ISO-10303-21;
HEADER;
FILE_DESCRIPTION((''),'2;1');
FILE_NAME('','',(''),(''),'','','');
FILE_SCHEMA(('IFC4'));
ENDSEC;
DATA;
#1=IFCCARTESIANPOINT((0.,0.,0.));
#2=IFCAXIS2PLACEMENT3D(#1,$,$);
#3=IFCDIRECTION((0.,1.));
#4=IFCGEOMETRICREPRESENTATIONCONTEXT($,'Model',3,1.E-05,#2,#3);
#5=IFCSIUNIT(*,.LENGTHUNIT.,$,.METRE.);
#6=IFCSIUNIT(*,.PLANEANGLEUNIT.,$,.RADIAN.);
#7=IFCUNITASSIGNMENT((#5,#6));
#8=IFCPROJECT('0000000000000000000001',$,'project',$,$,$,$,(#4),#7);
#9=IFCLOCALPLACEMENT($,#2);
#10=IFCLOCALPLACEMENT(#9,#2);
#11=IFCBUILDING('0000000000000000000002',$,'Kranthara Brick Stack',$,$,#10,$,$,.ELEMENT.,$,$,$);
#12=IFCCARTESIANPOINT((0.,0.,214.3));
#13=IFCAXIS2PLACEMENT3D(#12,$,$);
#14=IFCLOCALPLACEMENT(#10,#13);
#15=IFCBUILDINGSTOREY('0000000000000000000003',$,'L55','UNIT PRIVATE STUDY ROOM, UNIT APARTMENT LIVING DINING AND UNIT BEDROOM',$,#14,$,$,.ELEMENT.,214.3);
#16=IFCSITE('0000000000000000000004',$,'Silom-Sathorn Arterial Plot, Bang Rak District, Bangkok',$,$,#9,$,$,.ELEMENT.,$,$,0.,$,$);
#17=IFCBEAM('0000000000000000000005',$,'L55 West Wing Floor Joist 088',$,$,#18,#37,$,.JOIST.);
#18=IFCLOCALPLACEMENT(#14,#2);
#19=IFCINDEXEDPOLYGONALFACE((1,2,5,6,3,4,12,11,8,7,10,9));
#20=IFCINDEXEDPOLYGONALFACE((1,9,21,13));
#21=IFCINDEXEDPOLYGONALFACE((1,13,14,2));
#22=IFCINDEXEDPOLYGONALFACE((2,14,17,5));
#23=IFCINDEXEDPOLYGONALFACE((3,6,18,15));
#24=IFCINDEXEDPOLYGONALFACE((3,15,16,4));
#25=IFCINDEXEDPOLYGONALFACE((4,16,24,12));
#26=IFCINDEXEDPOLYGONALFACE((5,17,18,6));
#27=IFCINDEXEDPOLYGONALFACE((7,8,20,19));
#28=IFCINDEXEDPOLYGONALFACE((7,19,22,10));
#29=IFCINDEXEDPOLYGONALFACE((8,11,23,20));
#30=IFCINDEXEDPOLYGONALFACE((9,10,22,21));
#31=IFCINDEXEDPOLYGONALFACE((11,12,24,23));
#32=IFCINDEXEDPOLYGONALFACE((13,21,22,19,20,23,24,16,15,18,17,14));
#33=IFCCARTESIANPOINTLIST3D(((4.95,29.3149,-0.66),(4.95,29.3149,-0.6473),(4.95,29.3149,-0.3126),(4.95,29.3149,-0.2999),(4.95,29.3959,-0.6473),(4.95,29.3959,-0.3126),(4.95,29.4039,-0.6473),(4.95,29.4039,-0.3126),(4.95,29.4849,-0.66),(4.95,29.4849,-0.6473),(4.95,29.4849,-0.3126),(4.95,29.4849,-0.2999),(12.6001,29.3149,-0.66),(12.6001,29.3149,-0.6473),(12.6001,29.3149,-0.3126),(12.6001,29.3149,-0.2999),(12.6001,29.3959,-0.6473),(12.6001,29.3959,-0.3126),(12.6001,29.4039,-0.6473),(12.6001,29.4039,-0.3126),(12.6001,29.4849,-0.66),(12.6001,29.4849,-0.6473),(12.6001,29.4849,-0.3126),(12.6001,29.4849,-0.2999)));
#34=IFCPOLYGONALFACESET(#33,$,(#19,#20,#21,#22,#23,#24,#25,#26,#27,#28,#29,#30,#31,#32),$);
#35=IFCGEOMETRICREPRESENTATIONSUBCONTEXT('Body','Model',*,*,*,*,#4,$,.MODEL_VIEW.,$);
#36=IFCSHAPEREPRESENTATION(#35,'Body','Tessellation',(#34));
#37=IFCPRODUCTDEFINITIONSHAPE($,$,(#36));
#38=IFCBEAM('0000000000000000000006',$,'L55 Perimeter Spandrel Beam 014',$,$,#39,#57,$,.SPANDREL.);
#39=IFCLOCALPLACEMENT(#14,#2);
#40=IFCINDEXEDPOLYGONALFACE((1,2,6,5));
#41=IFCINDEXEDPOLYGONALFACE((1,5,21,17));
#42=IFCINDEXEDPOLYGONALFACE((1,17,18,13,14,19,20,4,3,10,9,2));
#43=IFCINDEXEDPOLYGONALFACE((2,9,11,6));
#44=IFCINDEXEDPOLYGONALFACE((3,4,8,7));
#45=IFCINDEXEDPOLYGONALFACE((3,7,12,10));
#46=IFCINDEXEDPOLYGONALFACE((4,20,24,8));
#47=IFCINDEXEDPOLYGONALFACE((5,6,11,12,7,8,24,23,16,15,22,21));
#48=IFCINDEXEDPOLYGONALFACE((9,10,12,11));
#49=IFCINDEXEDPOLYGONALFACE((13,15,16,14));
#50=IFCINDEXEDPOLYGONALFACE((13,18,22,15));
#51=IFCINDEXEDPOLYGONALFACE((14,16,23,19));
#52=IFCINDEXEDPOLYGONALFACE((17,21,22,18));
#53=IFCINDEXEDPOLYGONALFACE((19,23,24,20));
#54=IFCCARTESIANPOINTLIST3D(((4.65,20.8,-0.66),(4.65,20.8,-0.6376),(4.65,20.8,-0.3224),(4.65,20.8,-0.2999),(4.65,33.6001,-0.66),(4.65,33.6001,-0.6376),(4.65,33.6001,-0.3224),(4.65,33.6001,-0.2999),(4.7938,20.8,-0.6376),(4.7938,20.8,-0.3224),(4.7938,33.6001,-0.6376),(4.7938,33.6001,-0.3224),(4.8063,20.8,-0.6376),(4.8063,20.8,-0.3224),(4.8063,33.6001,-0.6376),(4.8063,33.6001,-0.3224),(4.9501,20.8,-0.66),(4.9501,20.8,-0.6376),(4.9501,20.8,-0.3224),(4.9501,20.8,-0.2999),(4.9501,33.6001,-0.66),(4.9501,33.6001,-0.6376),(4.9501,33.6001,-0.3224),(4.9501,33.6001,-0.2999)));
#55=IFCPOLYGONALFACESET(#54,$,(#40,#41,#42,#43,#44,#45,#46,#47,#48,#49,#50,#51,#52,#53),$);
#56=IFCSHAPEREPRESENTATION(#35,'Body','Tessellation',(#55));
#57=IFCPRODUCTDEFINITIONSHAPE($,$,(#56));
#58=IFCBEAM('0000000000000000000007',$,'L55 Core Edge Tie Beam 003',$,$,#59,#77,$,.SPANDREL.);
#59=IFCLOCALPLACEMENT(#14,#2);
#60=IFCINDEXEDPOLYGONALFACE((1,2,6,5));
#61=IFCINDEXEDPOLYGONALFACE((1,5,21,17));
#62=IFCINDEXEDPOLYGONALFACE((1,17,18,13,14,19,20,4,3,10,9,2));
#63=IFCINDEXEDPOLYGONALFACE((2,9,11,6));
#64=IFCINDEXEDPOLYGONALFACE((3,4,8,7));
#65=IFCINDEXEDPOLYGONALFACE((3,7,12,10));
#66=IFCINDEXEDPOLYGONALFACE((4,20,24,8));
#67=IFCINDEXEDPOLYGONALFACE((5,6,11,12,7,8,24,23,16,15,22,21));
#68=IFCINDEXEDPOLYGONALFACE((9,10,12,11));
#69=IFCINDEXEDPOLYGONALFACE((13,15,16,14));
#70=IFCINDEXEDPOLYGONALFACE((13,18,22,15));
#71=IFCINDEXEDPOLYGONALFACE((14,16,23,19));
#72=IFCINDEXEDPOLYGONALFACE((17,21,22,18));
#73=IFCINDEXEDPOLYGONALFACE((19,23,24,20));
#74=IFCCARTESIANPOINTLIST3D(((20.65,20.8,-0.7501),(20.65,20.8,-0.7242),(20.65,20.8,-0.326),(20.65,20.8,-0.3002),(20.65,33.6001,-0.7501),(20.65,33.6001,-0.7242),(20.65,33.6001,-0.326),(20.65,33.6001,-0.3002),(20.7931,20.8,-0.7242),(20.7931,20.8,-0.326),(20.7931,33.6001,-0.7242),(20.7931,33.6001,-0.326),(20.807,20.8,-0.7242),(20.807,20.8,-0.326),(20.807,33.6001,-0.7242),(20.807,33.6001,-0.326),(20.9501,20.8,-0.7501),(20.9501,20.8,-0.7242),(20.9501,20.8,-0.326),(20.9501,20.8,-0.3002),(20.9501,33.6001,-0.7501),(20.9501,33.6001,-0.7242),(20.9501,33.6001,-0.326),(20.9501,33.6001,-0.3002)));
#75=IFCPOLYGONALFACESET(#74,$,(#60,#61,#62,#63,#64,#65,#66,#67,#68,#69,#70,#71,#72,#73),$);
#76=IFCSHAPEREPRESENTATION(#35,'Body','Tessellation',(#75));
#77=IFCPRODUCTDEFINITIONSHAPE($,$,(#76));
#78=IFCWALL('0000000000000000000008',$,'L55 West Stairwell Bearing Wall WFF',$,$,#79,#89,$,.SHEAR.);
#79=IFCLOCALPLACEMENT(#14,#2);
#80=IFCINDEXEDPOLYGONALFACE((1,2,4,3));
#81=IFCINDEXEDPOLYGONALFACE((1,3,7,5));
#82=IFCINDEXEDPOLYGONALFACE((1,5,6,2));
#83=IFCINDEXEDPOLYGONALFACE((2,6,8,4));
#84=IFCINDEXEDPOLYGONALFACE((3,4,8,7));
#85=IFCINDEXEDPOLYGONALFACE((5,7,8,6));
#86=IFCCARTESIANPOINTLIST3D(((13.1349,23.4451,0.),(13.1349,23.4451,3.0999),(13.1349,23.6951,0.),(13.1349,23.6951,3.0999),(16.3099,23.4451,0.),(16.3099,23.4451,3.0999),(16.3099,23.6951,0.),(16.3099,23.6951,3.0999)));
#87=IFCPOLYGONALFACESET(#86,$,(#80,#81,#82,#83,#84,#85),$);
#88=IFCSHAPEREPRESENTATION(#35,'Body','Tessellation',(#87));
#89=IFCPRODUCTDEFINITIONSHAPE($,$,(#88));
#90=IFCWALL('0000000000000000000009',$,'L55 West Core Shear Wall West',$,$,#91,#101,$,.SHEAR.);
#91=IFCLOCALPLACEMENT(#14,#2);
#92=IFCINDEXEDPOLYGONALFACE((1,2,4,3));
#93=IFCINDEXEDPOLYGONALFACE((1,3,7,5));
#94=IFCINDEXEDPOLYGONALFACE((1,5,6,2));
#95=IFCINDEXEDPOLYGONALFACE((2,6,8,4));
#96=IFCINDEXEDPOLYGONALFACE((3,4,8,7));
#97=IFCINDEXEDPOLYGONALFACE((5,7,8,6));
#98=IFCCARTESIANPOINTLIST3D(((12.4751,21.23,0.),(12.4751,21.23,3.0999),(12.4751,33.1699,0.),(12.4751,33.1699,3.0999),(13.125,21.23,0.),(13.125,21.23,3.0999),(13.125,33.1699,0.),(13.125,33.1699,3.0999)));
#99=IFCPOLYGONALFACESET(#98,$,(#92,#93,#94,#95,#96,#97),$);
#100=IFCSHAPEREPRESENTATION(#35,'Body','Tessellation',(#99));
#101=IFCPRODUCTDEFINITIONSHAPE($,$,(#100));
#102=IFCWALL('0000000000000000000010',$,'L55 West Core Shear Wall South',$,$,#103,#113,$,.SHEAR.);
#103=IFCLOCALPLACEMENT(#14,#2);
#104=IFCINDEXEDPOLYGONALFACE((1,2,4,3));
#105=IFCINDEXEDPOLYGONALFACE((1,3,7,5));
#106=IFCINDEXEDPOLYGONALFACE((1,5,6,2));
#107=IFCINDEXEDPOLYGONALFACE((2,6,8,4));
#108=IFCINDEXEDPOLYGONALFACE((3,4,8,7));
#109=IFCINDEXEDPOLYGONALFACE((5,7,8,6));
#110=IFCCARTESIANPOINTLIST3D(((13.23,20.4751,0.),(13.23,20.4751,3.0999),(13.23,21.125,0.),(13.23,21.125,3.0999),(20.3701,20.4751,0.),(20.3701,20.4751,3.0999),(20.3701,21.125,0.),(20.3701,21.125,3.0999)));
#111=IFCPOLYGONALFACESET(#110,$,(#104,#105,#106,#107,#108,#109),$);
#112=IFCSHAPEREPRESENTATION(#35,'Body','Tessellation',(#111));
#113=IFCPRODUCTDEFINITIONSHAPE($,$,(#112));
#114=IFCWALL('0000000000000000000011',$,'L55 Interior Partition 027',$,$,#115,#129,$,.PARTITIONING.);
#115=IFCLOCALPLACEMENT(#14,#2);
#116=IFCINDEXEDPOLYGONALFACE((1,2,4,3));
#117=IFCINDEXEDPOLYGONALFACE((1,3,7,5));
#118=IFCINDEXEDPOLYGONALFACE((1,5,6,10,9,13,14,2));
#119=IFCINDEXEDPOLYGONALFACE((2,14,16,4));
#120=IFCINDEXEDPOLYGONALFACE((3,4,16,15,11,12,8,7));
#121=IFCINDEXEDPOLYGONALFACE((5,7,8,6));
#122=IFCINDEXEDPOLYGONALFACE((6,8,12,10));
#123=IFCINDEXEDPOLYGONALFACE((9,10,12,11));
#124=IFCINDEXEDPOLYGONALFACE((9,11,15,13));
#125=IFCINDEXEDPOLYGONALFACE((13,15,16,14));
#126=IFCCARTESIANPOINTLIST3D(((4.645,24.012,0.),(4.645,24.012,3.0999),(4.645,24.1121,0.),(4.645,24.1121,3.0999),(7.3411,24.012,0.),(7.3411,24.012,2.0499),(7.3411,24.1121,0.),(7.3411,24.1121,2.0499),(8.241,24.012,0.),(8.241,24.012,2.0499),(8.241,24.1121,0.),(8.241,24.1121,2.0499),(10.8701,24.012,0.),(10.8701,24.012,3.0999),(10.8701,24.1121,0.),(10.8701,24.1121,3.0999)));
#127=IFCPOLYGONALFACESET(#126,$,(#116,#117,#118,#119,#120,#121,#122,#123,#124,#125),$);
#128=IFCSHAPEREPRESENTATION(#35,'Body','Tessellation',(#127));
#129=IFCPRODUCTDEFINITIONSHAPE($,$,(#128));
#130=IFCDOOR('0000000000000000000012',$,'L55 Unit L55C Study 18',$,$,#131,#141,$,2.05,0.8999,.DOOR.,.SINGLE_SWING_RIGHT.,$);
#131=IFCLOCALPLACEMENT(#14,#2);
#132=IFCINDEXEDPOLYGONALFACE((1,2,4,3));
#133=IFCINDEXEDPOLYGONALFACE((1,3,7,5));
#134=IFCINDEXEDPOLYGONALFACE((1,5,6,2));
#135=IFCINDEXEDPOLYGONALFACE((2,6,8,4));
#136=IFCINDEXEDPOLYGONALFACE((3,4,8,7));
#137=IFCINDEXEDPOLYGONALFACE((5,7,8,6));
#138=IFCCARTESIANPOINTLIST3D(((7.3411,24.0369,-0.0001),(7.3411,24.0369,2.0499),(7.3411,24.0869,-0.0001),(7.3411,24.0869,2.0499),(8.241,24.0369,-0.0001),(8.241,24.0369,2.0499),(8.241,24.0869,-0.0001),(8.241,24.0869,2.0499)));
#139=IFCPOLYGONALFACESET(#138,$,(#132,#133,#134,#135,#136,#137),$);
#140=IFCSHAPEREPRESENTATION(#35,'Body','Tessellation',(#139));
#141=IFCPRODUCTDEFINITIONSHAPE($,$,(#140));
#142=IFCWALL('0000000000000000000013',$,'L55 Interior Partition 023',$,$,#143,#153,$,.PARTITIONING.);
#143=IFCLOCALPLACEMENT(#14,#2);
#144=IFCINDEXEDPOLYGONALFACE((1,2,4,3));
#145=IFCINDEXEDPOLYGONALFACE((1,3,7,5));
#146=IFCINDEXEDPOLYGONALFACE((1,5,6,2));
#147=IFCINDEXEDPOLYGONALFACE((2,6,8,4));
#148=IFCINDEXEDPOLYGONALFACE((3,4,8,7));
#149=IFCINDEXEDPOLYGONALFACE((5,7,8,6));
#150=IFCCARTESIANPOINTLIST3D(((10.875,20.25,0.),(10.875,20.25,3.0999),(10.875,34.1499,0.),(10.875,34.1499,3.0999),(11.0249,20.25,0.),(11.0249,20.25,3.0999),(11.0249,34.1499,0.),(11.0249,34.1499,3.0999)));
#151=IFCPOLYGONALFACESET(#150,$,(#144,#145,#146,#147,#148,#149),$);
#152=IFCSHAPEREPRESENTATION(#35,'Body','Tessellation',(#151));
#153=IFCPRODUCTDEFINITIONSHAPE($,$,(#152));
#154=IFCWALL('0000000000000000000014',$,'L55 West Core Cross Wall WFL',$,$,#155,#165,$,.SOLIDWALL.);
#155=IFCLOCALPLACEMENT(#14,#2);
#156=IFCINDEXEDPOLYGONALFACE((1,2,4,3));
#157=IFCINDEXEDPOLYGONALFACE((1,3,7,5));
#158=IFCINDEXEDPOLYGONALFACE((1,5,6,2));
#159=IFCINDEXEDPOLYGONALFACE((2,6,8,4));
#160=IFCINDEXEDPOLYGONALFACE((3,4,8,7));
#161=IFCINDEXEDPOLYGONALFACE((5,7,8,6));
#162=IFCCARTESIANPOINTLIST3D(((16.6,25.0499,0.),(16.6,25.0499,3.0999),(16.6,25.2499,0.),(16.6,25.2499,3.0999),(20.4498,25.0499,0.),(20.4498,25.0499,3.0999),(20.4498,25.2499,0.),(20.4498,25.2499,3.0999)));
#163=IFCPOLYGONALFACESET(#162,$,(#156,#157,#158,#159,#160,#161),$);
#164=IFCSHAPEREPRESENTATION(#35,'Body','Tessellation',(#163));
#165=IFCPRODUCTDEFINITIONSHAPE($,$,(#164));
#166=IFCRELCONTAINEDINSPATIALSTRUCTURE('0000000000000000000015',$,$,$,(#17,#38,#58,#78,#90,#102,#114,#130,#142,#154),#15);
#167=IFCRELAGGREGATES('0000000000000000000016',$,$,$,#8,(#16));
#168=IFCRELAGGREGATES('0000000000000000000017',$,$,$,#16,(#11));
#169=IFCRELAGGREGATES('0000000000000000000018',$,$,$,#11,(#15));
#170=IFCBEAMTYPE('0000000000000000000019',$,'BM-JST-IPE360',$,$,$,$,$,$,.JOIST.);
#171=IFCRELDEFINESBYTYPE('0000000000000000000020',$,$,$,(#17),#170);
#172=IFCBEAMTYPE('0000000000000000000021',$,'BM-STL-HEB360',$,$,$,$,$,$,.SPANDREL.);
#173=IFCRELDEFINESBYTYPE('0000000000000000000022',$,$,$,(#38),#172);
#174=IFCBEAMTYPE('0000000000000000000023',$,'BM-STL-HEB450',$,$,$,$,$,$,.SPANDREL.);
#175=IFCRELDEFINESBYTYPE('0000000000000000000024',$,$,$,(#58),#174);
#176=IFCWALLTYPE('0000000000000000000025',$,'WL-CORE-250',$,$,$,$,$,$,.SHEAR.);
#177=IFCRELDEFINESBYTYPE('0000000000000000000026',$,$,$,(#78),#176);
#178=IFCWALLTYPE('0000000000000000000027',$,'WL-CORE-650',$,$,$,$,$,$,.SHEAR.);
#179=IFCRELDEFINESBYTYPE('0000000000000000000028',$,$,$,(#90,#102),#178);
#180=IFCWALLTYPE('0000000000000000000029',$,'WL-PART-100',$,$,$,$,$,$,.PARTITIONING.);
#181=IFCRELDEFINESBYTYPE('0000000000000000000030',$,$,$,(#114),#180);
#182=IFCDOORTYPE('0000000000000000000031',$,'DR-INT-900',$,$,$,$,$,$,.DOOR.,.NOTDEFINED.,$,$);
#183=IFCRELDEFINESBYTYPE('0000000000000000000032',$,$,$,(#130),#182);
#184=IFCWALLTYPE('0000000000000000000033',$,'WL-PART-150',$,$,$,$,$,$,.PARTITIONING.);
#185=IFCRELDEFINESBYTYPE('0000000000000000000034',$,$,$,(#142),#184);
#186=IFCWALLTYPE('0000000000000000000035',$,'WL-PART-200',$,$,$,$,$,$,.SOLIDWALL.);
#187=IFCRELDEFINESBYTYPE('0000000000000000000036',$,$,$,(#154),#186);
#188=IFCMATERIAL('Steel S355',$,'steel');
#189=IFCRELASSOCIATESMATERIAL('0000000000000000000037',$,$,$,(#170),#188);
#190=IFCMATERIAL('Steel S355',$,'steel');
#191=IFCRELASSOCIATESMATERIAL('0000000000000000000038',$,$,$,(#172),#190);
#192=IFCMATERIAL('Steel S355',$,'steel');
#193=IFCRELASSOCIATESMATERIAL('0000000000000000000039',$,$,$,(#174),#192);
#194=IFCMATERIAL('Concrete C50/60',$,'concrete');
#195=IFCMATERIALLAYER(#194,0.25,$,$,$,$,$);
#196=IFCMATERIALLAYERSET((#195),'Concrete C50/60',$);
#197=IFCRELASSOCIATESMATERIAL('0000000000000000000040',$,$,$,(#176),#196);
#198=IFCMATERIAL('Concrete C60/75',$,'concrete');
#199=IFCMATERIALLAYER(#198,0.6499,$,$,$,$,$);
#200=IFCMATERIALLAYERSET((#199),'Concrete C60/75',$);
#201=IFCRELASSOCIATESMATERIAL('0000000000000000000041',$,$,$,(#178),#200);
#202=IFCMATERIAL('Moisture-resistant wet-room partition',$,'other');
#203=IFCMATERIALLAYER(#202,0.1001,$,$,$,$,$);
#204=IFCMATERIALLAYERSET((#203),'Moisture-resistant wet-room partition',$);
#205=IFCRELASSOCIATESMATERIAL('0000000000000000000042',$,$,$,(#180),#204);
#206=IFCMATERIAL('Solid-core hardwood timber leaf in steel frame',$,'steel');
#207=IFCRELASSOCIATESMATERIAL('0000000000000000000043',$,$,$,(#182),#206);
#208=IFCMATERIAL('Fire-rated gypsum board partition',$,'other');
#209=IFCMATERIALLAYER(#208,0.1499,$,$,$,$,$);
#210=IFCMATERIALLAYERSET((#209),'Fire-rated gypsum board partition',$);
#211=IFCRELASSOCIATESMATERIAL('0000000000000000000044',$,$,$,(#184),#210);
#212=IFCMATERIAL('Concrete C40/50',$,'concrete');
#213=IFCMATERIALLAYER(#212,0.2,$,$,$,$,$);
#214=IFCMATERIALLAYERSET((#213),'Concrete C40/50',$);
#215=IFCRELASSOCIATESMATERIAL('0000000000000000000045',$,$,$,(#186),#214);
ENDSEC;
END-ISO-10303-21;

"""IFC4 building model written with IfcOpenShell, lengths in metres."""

from ifc_helpers import new_model, si_unit, direction, frame, frame_2d, origin, origin_2d, place, context, subcontext, project, spatial, rectangle, i_section, extrude, material, layer, layer_set, material_profile, profile_set, type_object, element, fill, save


model = new_model("IFC4")

# Units and contexts
model_context = context("Model", 3, precision=1e-05, world=origin(), true_north=direction((0.0, 1.0)))
body_context = subcontext(model_context, "Body", "Model", "MODEL_VIEW")
ifc_project = project(units=[si_unit("LENGTHUNIT", "METRE"), si_unit("PLANEANGLEUNIT", "RADIAN")], contexts=[model_context])

# Site, building, storey
site_placement = place(None, origin())
site = spatial("IfcSite", under=ifc_project, at=site_placement, Name="Silom-Sathorn Arterial Plot, Bang Rak District, Bangkok", CompositionType="ELEMENT", RefElevation=0.0)
building_placement = place(site_placement, origin())
building = spatial("IfcBuilding", under=site, at=building_placement, Name="Kranthara Brick Stack", CompositionType="ELEMENT")
storey_placement = place(building_placement, frame((0.0, 0.0, 214.3)))
storey = spatial("IfcBuildingStorey", under=building, at=storey_placement, Name="L55", Description="UNIT PRIVATE STUDY ROOM, UNIT APARTMENT LIVING DINING AND UNIT BEDROOM", CompositionType="ELEMENT", Elevation=214.3)

# Beams
ifc_material_1 = material(Name="Steel S355", Category="steel")
ifc_material_profile_1 = material_profile(ifc_material_1, i_section(OverallWidth=0.1699, OverallDepth=0.3601, WebThickness=0.0081, FlangeThickness=0.0127, at=origin_2d()), Name="IPE 360")
ifc_profile_set_1 = profile_set([ifc_material_profile_1], Name="Steel S355")
beam_type_1 = type_object("IfcBeamType", Name="BM-JST-IPE360", PredefinedType="JOIST", material=ifc_profile_set_1)
for number, where, z_axis, x_axis, name in (
    (1, (4.95, 29.3999, -0.48), (1.0, 0.0, 0.0), (0.0, 1.0, 0.0), "L55 West Wing Floor Joist 088"),
):
    element("IfcBeam", number, at=place(storey_placement, frame(where, z_axis=z_axis, x_axis=x_axis)), inside=storey, type_object=beam_type_1, Name=name, PredefinedType="JOIST", context=body_context, shape_type="SweptSolid", body=[
        extrude(i_section(OverallWidth=0.1699, OverallDepth=0.3601, WebThickness=0.0081, FlangeThickness=0.0127, at=origin_2d()), origin(), (0.0, 0.0, 1.0), 7.6501),
    ])
ifc_material_2 = material(Name="Steel S355", Category="steel")
ifc_material_profile_2 = material_profile(ifc_material_2, i_section(OverallWidth=0.3, OverallDepth=0.3601, WebThickness=0.0125, FlangeThickness=0.0225, at=origin_2d()), Name="HEB 360")
ifc_profile_set_2 = profile_set([ifc_material_profile_2], Name="Steel S355")
beam_type_2 = type_object("IfcBeamType", Name="BM-STL-HEB360", PredefinedType="SPANDREL", material=ifc_profile_set_2)
beam_1_placement = place(storey_placement, frame((4.8, 20.8, -0.48), z_axis=(0.0, 1.0, 0.0), x_axis=(-1.0, 0.0, 0.0)))
element("IfcBeam", 2, at=beam_1_placement, inside=storey, type_object=beam_type_2, Name="L55 Perimeter Spandrel Beam 014", PredefinedType="SPANDREL", context=body_context, shape_type="SweptSolid", body=[
    extrude(i_section(OverallWidth=0.3, OverallDepth=0.3601, WebThickness=0.0125, FlangeThickness=0.0225, at=origin_2d()), origin(), (0.0, 0.0, 1.0), 12.8),
])
ifc_material_3 = material(Name="Steel S355", Category="steel")
ifc_material_profile_3 = material_profile(ifc_material_3, i_section(OverallWidth=0.3, OverallDepth=0.45, WebThickness=0.0139, FlangeThickness=0.0259, at=origin_2d()), Name="HEB 450")
ifc_profile_set_3 = profile_set([ifc_material_profile_3], Name="Steel S355")
beam_type_3 = type_object("IfcBeamType", Name="BM-STL-HEB450", PredefinedType="SPANDREL", material=ifc_profile_set_3)
beam_2_placement = place(storey_placement, frame((20.8, 20.8, -0.5251), z_axis=(0.0, 1.0, 0.0), x_axis=(-1.0, 0.0, 0.0)))
element("IfcBeam", 3, at=beam_2_placement, inside=storey, type_object=beam_type_3, Name="L55 Core Edge Tie Beam 003", PredefinedType="SPANDREL", context=body_context, shape_type="SweptSolid", body=[
    extrude(i_section(OverallWidth=0.3, OverallDepth=0.45, WebThickness=0.0139, FlangeThickness=0.0259, at=origin_2d()), origin(), (0.0, 0.0, 1.0), 12.8),
])

# Shared definitions
ifc_material_4 = material(Name="Concrete C50/60", Category="concrete")
ifc_layer_1 = layer(ifc_material_4, 0.25)
ifc_layer_set_1 = layer_set([ifc_layer_1], Name="Concrete C50/60")
wall_type_1 = type_object("IfcWallType", Name="WL-CORE-250", PredefinedType="SHEAR", material=ifc_layer_set_1)

# Walls
wall_1_placement = place(storey_placement, frame((13.135, 23.5701, 0.0), z_axis=(0.0, 0.0, 1.0), x_axis=(1.0, 0.0, 0.0)))
element("IfcWall", 4, at=wall_1_placement, inside=storey, type_object=wall_type_1, Name="L55 West Stairwell Bearing Wall WFF", PredefinedType="SHEAR", context=body_context, shape_type="SweptSolid", body=[
    extrude(rectangle(XDim=3.175, YDim=0.25, at=frame_2d((1.5874, 0.0))), origin(), (0.0, 0.0, 1.0), 3.0999),
])
ifc_material_5 = material(Name="Concrete C60/75", Category="concrete")
ifc_layer_2 = layer(ifc_material_5, 0.6499)
ifc_layer_set_2 = layer_set([ifc_layer_2], Name="Concrete C60/75")
wall_type_2 = type_object("IfcWallType", Name="WL-CORE-650", PredefinedType="SHEAR", material=ifc_layer_set_2)
wall_2_placement = place(storey_placement, frame((12.8, 21.23, 0.0), z_axis=(0.0, 0.0, 1.0), x_axis=(0.0, 1.0, 0.0)))
element("IfcWall", 5, at=wall_2_placement, inside=storey, type_object=wall_type_2, Name="L55 West Core Shear Wall West", PredefinedType="SHEAR", context=body_context, shape_type="SweptSolid", body=[
    extrude(rectangle(XDim=11.9399, YDim=0.6499, at=frame_2d((5.97, 0.0))), origin(), (0.0, 0.0, 1.0), 3.0999),
])
wall_3_placement = place(storey_placement, frame((13.23, 20.8, 0.0), z_axis=(0.0, 0.0, 1.0), x_axis=(1.0, 0.0, 0.0)))
element("IfcWall", 6, at=wall_3_placement, inside=storey, type_object=wall_type_2, Name="L55 West Core Shear Wall South", PredefinedType="SHEAR", context=body_context, shape_type="SweptSolid", body=[
    extrude(rectangle(XDim=7.1401, YDim=0.6499, at=frame_2d((3.5701, 0.0))), origin(), (0.0, 0.0, 1.0), 3.0999),
])

# Wall, opening, door
ifc_material_6 = material(Name="Moisture-resistant wet-room partition", Category="other")
ifc_layer_3 = layer(ifc_material_6, 0.1001)
ifc_layer_set_3 = layer_set([ifc_layer_3], Name="Moisture-resistant wet-room partition")
wall_type_3 = type_object("IfcWallType", Name="WL-PART-100", PredefinedType="PARTITIONING", material=ifc_layer_set_3)
wall_4_placement = place(storey_placement, frame((4.645, 24.062, 0.0), z_axis=(0.0, 0.0, 1.0), x_axis=(1.0, 0.0, 0.0)))
wall_4 = element("IfcWall", 7, at=wall_4_placement, inside=storey, type_object=wall_type_3, Name="L55 Interior Partition 027", PredefinedType="PARTITIONING", context=body_context, shape_type="SweptSolid", body=[
    extrude(rectangle(XDim=6.2251, YDim=0.1001, at=frame_2d((3.1125, 0.0))), origin(), (0.0, 0.0, 1.0), 3.0999),
])
opening_1_placement = place(wall_4_placement, frame((2.696, 0.0, 0.0)))
opening_1 = element("IfcOpeningElement", 8, at=opening_1_placement, cuts=wall_4, PredefinedType="OPENING", context=body_context, shape_type="SweptSolid", body=[
    extrude(rectangle(XDim=0.8999, YDim=2.05, at=frame_2d((0.45, 1.0249))), frame((0.0, 0.0601, 0.0), z_axis=(0.0, -1.0, 0.0), x_axis=(1.0, 0.0, 0.0)), (0.0, 0.0, 1.0), 0.1201),
])
ifc_material_7 = material(Name="Solid-core hardwood timber leaf in steel frame", Category="steel")
door_type_1 = type_object("IfcDoorType", Name="DR-INT-900", OperationType="NOTDEFINED", PredefinedType="DOOR", material=ifc_material_7)
door_1_placement = place(opening_1_placement, origin())
door_1 = element("IfcDoor", 9, at=door_1_placement, inside=storey, type_object=door_type_1, Name="L55 Unit L55C Study 18", OperationType="SINGLE_SWING_RIGHT", OverallHeight=2.05, OverallWidth=0.8999, PredefinedType="DOOR", context=body_context, shape_type="SweptSolid", body=[
    extrude(rectangle(XDim=0.8999, YDim=2.05, at=frame_2d((0.45, 1.0249))), frame((0.0, 0.0249, 0.0), z_axis=(0.0, -1.0, 0.0), x_axis=(1.0, 0.0, 0.0)), (0.0, 0.0, 1.0), 0.05),
])
fill(opening_1, door_1)

# Walls
ifc_material_8 = material(Name="Fire-rated gypsum board partition", Category="other")
ifc_layer_4 = layer(ifc_material_8, 0.1499)
ifc_layer_set_4 = layer_set([ifc_layer_4], Name="Fire-rated gypsum board partition")
wall_type_4 = type_object("IfcWallType", Name="WL-PART-150", PredefinedType="PARTITIONING", material=ifc_layer_set_4)
wall_5_placement = place(storey_placement, frame((10.95, 20.25, 0.0), z_axis=(0.0, 0.0, 1.0), x_axis=(0.0, 1.0, 0.0)))
element("IfcWall", 10, at=wall_5_placement, inside=storey, type_object=wall_type_4, Name="L55 Interior Partition 023", PredefinedType="PARTITIONING", context=body_context, shape_type="SweptSolid", body=[
    extrude(rectangle(XDim=13.8999, YDim=0.1499, at=frame_2d((6.95, 0.0))), origin(), (0.0, 0.0, 1.0), 3.0999),
])
ifc_material_9 = material(Name="Concrete C40/50", Category="concrete")
ifc_layer_5 = layer(ifc_material_9, 0.2)
ifc_layer_set_5 = layer_set([ifc_layer_5], Name="Concrete C40/50")
wall_type_5 = type_object("IfcWallType", Name="WL-PART-200", PredefinedType="SOLIDWALL", material=ifc_layer_set_5)
wall_6_placement = place(storey_placement, frame((16.6001, 25.1499, 0.0), z_axis=(0.0, 0.0, 1.0), x_axis=(1.0, 0.0, 0.0)))
element("IfcWall", 11, at=wall_6_placement, inside=storey, type_object=wall_type_5, Name="L55 West Core Cross Wall WFL", PredefinedType="SOLIDWALL", context=body_context, shape_type="SweptSolid", body=[
    extrude(rectangle(XDim=3.8499, YDim=0.2, at=frame_2d((1.9248, 0.0))), origin(), (0.0, 0.0, 1.0), 3.0999),
])

save(model, "model.ifc")
